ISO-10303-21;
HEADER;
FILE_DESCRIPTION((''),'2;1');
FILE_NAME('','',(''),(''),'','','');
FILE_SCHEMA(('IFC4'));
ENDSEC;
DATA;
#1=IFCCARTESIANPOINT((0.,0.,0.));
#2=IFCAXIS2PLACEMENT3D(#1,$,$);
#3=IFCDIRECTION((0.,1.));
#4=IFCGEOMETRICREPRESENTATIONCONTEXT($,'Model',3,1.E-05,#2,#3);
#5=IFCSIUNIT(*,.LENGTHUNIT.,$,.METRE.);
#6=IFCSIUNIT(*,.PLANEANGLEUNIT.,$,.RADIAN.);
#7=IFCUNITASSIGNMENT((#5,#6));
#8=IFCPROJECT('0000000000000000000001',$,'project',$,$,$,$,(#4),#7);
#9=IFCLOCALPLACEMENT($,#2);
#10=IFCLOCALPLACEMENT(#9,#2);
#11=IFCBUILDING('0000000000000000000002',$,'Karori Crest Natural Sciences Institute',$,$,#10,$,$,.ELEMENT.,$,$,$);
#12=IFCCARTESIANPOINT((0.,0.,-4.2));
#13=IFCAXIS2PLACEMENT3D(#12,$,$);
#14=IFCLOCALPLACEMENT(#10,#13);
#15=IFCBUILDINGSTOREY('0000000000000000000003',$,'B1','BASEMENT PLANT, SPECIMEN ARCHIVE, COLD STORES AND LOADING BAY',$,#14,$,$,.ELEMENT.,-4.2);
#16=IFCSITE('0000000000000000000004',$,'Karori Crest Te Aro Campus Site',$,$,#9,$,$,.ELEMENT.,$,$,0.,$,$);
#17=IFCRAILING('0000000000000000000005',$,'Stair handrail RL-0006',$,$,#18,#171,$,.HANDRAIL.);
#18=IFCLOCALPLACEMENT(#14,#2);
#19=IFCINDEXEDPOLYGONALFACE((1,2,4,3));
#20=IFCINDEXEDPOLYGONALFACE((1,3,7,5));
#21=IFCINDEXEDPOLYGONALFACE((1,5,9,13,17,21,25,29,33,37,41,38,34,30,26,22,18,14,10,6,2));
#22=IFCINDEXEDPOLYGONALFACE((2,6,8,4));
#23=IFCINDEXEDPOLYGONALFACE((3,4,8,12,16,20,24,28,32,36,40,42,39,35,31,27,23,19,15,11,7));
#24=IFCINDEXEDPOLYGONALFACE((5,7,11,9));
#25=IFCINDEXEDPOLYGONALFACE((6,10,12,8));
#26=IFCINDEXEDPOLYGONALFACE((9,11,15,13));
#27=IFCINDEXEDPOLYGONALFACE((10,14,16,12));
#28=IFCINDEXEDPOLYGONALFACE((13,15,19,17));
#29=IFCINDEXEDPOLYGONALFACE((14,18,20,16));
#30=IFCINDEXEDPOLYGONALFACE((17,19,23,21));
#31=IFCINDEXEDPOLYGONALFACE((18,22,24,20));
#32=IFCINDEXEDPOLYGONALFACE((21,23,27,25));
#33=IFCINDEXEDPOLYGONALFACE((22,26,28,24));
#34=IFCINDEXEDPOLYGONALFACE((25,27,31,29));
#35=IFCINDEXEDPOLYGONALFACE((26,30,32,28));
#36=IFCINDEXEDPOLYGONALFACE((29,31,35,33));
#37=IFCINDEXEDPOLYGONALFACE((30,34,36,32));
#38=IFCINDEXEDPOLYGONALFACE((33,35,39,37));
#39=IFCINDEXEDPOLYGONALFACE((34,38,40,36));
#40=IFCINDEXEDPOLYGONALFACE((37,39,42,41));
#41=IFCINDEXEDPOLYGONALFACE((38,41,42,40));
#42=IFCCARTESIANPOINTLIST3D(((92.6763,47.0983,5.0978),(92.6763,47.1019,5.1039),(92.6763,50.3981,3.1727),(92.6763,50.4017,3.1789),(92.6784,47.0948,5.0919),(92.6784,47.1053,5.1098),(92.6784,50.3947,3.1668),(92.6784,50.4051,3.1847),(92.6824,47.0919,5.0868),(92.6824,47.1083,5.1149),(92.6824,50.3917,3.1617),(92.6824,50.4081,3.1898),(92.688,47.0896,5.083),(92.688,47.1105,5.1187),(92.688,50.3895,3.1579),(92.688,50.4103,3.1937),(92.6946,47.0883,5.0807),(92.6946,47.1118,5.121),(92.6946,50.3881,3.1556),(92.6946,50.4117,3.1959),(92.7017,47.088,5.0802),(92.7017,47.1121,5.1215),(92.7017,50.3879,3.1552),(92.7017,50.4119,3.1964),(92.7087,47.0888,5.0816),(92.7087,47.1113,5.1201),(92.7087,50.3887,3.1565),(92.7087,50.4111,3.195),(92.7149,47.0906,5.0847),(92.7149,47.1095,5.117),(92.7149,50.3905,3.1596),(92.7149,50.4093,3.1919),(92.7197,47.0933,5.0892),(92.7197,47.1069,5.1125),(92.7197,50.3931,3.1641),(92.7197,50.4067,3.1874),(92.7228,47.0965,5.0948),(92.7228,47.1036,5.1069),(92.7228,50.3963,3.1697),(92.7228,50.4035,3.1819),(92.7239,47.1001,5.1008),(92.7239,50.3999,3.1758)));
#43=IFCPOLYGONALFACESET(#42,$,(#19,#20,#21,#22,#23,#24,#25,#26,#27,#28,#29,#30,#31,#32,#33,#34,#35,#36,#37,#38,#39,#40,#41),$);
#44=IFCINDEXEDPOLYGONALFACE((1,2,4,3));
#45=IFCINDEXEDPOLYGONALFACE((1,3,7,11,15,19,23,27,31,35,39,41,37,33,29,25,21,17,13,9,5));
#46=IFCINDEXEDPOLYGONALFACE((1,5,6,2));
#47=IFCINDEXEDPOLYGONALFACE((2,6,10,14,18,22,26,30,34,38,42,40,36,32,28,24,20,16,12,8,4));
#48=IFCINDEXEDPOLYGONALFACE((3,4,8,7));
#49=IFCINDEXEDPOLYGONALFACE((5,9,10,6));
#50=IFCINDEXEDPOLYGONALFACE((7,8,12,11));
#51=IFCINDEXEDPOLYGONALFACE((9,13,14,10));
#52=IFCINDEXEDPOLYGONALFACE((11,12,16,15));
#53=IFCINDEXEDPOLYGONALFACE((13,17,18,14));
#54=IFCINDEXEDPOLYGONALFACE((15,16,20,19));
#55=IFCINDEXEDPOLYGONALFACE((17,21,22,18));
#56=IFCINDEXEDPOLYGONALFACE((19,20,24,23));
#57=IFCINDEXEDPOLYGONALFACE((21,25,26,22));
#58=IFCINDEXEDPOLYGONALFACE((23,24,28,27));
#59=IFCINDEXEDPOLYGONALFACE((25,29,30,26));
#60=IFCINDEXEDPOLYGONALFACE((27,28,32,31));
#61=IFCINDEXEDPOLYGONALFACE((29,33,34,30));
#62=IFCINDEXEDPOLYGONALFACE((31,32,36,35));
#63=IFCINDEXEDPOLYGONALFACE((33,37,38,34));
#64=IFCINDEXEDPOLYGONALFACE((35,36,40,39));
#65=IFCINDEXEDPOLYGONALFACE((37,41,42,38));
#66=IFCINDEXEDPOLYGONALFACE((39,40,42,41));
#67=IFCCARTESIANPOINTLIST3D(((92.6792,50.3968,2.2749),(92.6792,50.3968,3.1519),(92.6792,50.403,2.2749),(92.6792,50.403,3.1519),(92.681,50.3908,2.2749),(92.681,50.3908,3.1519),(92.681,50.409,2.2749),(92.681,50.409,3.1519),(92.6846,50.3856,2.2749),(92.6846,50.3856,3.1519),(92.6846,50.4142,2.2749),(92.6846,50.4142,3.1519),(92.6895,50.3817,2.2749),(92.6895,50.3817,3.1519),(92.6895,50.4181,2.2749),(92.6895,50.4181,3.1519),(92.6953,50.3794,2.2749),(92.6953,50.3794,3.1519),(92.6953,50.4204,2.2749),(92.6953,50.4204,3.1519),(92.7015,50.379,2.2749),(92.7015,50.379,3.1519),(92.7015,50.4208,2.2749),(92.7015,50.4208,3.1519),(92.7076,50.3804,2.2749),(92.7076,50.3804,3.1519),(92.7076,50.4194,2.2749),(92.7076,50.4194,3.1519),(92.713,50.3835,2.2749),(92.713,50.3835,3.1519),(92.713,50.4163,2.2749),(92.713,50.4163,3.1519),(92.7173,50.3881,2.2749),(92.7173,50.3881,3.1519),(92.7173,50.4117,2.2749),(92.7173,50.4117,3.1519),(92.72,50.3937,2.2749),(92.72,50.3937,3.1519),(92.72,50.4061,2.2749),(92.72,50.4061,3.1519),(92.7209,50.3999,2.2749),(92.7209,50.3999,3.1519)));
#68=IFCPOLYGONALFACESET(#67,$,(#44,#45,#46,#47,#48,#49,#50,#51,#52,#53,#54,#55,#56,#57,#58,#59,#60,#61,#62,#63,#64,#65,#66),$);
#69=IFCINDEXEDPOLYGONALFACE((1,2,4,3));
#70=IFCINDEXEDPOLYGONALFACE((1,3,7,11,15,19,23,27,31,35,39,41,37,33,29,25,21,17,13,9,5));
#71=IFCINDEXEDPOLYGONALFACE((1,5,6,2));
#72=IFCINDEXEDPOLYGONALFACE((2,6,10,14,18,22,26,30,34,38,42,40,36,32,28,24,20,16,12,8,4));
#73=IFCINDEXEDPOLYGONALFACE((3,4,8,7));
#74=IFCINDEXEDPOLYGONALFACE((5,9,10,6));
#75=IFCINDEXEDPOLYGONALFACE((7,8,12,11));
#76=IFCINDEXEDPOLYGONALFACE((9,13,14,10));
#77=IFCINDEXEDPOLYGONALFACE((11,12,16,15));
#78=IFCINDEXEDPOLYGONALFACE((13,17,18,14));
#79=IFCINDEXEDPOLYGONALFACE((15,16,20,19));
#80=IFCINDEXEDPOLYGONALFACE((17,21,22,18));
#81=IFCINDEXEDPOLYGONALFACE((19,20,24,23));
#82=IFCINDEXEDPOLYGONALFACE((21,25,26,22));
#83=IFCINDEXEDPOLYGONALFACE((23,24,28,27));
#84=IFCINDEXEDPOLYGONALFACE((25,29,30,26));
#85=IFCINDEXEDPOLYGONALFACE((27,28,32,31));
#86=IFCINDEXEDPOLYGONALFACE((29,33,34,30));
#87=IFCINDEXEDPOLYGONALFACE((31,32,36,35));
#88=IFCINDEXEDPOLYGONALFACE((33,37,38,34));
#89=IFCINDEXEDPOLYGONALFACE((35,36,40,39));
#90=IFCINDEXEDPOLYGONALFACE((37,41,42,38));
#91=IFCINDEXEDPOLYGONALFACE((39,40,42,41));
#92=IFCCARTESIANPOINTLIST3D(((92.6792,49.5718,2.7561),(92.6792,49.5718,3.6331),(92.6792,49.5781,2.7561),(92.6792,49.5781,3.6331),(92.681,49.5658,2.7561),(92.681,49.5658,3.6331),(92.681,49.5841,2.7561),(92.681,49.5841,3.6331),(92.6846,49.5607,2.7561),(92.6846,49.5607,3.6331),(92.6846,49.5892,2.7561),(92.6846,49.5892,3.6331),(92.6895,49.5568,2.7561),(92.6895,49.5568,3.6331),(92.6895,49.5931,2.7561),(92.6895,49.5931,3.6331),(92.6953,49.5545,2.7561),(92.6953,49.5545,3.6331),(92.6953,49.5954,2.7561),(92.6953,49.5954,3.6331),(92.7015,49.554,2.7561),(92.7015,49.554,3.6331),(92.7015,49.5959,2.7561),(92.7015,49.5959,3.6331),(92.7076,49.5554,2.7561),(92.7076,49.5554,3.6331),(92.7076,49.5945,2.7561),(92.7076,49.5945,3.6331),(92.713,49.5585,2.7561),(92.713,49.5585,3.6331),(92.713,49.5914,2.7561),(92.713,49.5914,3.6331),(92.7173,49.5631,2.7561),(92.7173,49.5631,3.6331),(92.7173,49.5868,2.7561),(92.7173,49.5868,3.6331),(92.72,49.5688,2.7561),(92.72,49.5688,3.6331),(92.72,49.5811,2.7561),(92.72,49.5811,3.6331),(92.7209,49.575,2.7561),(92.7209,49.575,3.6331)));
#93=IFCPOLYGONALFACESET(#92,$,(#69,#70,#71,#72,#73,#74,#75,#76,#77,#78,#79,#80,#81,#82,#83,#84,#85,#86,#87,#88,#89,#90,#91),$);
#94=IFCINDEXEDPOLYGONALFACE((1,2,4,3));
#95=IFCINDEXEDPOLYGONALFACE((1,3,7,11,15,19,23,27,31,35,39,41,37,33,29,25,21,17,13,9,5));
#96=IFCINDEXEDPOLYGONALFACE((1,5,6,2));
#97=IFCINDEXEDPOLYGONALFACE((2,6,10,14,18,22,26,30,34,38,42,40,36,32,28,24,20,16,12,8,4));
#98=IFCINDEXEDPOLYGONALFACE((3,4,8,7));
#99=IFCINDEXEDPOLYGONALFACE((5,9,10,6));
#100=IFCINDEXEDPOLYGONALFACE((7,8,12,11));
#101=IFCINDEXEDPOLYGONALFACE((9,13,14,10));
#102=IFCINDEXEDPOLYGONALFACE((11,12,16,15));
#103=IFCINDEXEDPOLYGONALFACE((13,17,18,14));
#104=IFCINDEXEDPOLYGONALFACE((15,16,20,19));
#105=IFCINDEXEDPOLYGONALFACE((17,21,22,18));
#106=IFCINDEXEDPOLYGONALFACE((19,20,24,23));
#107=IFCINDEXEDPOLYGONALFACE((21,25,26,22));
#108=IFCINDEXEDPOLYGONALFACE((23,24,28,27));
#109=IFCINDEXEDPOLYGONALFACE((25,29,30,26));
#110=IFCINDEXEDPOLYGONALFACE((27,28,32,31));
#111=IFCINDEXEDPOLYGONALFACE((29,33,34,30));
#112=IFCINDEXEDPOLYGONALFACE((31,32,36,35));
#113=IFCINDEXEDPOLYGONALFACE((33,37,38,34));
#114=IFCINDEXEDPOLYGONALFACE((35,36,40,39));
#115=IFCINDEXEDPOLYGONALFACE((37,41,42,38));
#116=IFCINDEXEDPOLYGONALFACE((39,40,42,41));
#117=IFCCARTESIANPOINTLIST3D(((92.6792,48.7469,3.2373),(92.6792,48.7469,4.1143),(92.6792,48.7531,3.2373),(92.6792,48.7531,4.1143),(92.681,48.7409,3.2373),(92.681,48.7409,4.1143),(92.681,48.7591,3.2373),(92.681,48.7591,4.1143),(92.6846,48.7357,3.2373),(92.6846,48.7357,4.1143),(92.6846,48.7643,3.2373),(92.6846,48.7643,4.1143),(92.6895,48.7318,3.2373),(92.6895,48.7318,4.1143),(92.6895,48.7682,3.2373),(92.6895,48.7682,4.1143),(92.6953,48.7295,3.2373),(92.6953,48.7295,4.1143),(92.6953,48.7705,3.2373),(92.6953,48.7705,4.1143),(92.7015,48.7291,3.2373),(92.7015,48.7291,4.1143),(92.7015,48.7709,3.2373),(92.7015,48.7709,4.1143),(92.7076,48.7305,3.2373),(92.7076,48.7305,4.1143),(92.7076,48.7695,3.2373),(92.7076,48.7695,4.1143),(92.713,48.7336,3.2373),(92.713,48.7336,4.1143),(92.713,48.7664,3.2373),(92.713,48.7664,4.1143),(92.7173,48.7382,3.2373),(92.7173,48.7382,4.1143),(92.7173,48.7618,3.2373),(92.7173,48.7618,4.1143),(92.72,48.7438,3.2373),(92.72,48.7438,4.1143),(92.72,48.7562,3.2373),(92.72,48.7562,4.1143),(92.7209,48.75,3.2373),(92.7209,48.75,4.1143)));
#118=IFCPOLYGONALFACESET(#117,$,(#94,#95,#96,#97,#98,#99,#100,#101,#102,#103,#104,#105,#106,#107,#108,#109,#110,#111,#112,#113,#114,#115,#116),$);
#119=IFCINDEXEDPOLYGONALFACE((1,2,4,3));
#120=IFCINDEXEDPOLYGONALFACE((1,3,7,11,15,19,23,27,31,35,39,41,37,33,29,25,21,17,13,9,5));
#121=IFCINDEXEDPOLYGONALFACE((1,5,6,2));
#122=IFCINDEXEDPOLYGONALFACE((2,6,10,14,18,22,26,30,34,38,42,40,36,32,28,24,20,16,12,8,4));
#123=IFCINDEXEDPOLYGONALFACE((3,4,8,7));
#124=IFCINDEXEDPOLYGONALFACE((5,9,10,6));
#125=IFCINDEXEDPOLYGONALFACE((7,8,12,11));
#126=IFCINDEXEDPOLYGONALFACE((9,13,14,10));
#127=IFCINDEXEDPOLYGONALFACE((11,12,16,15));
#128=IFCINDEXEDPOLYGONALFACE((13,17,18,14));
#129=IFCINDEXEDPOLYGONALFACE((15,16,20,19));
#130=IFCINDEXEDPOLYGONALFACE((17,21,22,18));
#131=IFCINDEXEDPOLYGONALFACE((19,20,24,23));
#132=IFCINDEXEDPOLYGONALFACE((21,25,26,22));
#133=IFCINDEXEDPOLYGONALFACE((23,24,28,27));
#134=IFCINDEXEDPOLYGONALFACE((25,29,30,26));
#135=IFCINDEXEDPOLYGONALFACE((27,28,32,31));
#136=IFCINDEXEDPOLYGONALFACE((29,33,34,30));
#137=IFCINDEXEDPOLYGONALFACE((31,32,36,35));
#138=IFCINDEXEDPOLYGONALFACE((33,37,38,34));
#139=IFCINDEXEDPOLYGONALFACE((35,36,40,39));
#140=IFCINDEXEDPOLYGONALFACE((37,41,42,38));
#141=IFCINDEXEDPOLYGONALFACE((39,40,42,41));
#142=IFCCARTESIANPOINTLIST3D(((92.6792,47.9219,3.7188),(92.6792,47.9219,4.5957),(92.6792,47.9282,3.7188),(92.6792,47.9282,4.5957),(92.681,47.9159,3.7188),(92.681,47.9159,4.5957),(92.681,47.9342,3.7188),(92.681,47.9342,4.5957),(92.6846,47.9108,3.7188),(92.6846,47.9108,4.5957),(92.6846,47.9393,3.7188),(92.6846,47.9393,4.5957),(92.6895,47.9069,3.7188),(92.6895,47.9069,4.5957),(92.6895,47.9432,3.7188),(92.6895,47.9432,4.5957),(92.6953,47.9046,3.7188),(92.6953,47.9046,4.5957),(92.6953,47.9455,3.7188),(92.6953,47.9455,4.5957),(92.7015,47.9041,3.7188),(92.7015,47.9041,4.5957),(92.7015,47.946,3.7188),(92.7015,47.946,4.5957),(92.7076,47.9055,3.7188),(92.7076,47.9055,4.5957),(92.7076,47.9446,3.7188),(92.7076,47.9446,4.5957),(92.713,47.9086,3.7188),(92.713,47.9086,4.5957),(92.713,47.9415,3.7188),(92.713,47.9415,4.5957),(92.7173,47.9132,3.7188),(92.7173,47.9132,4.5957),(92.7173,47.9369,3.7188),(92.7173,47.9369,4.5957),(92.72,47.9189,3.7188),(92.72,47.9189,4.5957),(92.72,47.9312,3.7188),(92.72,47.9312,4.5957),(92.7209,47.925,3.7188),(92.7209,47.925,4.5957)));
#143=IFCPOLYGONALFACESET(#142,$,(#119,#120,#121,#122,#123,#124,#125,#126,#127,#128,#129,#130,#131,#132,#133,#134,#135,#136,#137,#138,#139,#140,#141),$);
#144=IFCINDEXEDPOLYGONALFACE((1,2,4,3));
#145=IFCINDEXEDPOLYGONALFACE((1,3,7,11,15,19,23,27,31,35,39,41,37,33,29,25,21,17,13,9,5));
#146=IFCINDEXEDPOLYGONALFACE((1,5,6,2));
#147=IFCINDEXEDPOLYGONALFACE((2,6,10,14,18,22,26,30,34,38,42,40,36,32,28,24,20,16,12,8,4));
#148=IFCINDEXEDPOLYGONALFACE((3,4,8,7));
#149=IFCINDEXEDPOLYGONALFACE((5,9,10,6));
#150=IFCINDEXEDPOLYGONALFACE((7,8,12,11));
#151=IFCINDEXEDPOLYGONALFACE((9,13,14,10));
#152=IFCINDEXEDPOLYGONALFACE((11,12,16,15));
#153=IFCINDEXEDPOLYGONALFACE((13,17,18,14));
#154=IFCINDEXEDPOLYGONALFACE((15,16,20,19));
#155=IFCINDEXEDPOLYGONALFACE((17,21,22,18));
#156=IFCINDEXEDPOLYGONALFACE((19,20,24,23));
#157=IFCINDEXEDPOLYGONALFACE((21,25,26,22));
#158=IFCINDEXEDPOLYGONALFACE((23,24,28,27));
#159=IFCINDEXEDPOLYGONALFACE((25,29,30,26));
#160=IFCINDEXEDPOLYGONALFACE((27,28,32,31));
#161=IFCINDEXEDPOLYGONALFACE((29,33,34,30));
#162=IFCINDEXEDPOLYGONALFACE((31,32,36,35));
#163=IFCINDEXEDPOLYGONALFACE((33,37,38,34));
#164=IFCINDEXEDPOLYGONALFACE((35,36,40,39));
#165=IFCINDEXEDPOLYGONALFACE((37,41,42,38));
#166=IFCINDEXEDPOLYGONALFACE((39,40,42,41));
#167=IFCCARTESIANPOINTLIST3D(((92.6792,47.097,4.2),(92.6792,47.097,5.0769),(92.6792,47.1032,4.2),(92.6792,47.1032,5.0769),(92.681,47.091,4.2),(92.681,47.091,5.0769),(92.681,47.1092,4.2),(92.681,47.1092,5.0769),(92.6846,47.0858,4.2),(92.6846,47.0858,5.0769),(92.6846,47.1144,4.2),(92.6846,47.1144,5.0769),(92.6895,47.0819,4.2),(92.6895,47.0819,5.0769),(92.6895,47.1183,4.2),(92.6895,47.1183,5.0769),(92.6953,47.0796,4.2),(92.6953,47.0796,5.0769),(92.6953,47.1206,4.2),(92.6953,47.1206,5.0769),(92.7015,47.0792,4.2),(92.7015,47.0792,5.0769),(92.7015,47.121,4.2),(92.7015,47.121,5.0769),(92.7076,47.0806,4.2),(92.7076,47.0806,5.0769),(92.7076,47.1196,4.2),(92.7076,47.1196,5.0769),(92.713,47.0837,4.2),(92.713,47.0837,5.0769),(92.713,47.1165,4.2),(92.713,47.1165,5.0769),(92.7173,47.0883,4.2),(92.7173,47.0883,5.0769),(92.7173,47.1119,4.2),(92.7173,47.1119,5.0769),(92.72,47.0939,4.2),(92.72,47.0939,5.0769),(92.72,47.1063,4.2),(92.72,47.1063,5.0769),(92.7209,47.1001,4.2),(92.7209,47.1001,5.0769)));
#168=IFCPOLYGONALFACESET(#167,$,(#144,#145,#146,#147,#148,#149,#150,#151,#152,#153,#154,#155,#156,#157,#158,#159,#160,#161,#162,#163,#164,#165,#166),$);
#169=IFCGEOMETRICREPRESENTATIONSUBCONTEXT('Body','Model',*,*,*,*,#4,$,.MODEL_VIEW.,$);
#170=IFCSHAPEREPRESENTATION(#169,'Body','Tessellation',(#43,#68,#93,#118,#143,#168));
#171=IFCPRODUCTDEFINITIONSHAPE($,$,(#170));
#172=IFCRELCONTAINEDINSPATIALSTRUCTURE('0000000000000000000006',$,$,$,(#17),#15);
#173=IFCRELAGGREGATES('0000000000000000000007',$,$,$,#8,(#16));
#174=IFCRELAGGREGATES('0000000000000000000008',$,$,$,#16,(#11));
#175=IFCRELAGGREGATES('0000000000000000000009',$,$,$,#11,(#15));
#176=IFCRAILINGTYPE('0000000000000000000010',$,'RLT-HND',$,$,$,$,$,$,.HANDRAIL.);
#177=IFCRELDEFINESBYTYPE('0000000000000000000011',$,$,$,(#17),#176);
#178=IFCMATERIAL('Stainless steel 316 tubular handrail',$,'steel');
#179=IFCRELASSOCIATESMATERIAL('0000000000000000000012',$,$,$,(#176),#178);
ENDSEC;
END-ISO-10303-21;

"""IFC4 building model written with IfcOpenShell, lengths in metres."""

from ifc_helpers import new_model, si_unit, direction, frame, origin, origin_2d, place, context, subcontext, project, spatial, circle, extrude, material, type_object, element, save


model = new_model("IFC4")

# Units and contexts
model_context = context("Model", 3, precision=1e-05, world=origin(), true_north=direction((0.0, 1.0)))
body_context = subcontext(model_context, "Body", "Model", "MODEL_VIEW")
ifc_project = project(units=[si_unit("LENGTHUNIT", "METRE"), si_unit("PLANEANGLEUNIT", "RADIAN")], contexts=[model_context])

# Site, building, storey
site_placement = place(None, origin())
site = spatial("IfcSite", under=ifc_project, at=site_placement, Name="Karori Crest Te Aro Campus Site", CompositionType="ELEMENT", RefElevation=0.0)
building_placement = place(site_placement, origin())
building = spatial("IfcBuilding", under=site, at=building_placement, Name="Karori Crest Natural Sciences Institute", CompositionType="ELEMENT")
storey_placement = place(building_placement, frame((0.0, 0.0, -4.2)))
storey = spatial("IfcBuildingStorey", under=building, at=storey_placement, Name="B1", Description="BASEMENT PLANT, SPECIMEN ARCHIVE, COLD STORES AND LOADING BAY", CompositionType="ELEMENT", Elevation=-4.2)

# Railing
ifc_material_1 = material(Name="Stainless steel 316 tubular handrail", Category="steel")
railing_type_1 = type_object("IfcRailingType", Name="RLT-HND", PredefinedType="HANDRAIL", material=ifc_material_1)
railing_1_placement = place(storey_placement, frame((92.7, 50.3999, 2.2749)))
element("IfcRailing", 1, at=railing_1_placement, inside=storey, type_object=railing_type_1, Name="Stair handrail RL-0006", PredefinedType="HANDRAIL", context=body_context, shape_type="SweptSolid", body=[
    extrude(circle(Radius=0.0239, at=origin_2d()), frame((0.0, 0.0, 0.9009), z_axis=(0.0, -0.86376, 0.503903), x_axis=(1.0, 0.0, 0.0)), (0.0, 0.0, 1.0), 3.8203),
    extrude(circle(Radius=0.021, at=origin_2d()), origin(), (0.0, 0.0, 1.0), 0.877),
    extrude(circle(Radius=0.021, at=origin_2d()), frame((0.0, -0.825, 0.4812)), (0.0, 0.0, 1.0), 0.877),
    extrude(circle(Radius=0.021, at=origin_2d()), frame((0.0, -1.6499, 0.9624)), (0.0, 0.0, 1.0), 0.877),
    extrude(circle(Radius=0.021, at=origin_2d()), frame((0.0, -2.4749, 1.4438)), (0.0, 0.0, 1.0), 0.877),
    extrude(circle(Radius=0.021, at=origin_2d()), frame((0.0, -3.2998, 1.925)), (0.0, 0.0, 1.0), 0.877),
])

save(model, "model.ifc")
